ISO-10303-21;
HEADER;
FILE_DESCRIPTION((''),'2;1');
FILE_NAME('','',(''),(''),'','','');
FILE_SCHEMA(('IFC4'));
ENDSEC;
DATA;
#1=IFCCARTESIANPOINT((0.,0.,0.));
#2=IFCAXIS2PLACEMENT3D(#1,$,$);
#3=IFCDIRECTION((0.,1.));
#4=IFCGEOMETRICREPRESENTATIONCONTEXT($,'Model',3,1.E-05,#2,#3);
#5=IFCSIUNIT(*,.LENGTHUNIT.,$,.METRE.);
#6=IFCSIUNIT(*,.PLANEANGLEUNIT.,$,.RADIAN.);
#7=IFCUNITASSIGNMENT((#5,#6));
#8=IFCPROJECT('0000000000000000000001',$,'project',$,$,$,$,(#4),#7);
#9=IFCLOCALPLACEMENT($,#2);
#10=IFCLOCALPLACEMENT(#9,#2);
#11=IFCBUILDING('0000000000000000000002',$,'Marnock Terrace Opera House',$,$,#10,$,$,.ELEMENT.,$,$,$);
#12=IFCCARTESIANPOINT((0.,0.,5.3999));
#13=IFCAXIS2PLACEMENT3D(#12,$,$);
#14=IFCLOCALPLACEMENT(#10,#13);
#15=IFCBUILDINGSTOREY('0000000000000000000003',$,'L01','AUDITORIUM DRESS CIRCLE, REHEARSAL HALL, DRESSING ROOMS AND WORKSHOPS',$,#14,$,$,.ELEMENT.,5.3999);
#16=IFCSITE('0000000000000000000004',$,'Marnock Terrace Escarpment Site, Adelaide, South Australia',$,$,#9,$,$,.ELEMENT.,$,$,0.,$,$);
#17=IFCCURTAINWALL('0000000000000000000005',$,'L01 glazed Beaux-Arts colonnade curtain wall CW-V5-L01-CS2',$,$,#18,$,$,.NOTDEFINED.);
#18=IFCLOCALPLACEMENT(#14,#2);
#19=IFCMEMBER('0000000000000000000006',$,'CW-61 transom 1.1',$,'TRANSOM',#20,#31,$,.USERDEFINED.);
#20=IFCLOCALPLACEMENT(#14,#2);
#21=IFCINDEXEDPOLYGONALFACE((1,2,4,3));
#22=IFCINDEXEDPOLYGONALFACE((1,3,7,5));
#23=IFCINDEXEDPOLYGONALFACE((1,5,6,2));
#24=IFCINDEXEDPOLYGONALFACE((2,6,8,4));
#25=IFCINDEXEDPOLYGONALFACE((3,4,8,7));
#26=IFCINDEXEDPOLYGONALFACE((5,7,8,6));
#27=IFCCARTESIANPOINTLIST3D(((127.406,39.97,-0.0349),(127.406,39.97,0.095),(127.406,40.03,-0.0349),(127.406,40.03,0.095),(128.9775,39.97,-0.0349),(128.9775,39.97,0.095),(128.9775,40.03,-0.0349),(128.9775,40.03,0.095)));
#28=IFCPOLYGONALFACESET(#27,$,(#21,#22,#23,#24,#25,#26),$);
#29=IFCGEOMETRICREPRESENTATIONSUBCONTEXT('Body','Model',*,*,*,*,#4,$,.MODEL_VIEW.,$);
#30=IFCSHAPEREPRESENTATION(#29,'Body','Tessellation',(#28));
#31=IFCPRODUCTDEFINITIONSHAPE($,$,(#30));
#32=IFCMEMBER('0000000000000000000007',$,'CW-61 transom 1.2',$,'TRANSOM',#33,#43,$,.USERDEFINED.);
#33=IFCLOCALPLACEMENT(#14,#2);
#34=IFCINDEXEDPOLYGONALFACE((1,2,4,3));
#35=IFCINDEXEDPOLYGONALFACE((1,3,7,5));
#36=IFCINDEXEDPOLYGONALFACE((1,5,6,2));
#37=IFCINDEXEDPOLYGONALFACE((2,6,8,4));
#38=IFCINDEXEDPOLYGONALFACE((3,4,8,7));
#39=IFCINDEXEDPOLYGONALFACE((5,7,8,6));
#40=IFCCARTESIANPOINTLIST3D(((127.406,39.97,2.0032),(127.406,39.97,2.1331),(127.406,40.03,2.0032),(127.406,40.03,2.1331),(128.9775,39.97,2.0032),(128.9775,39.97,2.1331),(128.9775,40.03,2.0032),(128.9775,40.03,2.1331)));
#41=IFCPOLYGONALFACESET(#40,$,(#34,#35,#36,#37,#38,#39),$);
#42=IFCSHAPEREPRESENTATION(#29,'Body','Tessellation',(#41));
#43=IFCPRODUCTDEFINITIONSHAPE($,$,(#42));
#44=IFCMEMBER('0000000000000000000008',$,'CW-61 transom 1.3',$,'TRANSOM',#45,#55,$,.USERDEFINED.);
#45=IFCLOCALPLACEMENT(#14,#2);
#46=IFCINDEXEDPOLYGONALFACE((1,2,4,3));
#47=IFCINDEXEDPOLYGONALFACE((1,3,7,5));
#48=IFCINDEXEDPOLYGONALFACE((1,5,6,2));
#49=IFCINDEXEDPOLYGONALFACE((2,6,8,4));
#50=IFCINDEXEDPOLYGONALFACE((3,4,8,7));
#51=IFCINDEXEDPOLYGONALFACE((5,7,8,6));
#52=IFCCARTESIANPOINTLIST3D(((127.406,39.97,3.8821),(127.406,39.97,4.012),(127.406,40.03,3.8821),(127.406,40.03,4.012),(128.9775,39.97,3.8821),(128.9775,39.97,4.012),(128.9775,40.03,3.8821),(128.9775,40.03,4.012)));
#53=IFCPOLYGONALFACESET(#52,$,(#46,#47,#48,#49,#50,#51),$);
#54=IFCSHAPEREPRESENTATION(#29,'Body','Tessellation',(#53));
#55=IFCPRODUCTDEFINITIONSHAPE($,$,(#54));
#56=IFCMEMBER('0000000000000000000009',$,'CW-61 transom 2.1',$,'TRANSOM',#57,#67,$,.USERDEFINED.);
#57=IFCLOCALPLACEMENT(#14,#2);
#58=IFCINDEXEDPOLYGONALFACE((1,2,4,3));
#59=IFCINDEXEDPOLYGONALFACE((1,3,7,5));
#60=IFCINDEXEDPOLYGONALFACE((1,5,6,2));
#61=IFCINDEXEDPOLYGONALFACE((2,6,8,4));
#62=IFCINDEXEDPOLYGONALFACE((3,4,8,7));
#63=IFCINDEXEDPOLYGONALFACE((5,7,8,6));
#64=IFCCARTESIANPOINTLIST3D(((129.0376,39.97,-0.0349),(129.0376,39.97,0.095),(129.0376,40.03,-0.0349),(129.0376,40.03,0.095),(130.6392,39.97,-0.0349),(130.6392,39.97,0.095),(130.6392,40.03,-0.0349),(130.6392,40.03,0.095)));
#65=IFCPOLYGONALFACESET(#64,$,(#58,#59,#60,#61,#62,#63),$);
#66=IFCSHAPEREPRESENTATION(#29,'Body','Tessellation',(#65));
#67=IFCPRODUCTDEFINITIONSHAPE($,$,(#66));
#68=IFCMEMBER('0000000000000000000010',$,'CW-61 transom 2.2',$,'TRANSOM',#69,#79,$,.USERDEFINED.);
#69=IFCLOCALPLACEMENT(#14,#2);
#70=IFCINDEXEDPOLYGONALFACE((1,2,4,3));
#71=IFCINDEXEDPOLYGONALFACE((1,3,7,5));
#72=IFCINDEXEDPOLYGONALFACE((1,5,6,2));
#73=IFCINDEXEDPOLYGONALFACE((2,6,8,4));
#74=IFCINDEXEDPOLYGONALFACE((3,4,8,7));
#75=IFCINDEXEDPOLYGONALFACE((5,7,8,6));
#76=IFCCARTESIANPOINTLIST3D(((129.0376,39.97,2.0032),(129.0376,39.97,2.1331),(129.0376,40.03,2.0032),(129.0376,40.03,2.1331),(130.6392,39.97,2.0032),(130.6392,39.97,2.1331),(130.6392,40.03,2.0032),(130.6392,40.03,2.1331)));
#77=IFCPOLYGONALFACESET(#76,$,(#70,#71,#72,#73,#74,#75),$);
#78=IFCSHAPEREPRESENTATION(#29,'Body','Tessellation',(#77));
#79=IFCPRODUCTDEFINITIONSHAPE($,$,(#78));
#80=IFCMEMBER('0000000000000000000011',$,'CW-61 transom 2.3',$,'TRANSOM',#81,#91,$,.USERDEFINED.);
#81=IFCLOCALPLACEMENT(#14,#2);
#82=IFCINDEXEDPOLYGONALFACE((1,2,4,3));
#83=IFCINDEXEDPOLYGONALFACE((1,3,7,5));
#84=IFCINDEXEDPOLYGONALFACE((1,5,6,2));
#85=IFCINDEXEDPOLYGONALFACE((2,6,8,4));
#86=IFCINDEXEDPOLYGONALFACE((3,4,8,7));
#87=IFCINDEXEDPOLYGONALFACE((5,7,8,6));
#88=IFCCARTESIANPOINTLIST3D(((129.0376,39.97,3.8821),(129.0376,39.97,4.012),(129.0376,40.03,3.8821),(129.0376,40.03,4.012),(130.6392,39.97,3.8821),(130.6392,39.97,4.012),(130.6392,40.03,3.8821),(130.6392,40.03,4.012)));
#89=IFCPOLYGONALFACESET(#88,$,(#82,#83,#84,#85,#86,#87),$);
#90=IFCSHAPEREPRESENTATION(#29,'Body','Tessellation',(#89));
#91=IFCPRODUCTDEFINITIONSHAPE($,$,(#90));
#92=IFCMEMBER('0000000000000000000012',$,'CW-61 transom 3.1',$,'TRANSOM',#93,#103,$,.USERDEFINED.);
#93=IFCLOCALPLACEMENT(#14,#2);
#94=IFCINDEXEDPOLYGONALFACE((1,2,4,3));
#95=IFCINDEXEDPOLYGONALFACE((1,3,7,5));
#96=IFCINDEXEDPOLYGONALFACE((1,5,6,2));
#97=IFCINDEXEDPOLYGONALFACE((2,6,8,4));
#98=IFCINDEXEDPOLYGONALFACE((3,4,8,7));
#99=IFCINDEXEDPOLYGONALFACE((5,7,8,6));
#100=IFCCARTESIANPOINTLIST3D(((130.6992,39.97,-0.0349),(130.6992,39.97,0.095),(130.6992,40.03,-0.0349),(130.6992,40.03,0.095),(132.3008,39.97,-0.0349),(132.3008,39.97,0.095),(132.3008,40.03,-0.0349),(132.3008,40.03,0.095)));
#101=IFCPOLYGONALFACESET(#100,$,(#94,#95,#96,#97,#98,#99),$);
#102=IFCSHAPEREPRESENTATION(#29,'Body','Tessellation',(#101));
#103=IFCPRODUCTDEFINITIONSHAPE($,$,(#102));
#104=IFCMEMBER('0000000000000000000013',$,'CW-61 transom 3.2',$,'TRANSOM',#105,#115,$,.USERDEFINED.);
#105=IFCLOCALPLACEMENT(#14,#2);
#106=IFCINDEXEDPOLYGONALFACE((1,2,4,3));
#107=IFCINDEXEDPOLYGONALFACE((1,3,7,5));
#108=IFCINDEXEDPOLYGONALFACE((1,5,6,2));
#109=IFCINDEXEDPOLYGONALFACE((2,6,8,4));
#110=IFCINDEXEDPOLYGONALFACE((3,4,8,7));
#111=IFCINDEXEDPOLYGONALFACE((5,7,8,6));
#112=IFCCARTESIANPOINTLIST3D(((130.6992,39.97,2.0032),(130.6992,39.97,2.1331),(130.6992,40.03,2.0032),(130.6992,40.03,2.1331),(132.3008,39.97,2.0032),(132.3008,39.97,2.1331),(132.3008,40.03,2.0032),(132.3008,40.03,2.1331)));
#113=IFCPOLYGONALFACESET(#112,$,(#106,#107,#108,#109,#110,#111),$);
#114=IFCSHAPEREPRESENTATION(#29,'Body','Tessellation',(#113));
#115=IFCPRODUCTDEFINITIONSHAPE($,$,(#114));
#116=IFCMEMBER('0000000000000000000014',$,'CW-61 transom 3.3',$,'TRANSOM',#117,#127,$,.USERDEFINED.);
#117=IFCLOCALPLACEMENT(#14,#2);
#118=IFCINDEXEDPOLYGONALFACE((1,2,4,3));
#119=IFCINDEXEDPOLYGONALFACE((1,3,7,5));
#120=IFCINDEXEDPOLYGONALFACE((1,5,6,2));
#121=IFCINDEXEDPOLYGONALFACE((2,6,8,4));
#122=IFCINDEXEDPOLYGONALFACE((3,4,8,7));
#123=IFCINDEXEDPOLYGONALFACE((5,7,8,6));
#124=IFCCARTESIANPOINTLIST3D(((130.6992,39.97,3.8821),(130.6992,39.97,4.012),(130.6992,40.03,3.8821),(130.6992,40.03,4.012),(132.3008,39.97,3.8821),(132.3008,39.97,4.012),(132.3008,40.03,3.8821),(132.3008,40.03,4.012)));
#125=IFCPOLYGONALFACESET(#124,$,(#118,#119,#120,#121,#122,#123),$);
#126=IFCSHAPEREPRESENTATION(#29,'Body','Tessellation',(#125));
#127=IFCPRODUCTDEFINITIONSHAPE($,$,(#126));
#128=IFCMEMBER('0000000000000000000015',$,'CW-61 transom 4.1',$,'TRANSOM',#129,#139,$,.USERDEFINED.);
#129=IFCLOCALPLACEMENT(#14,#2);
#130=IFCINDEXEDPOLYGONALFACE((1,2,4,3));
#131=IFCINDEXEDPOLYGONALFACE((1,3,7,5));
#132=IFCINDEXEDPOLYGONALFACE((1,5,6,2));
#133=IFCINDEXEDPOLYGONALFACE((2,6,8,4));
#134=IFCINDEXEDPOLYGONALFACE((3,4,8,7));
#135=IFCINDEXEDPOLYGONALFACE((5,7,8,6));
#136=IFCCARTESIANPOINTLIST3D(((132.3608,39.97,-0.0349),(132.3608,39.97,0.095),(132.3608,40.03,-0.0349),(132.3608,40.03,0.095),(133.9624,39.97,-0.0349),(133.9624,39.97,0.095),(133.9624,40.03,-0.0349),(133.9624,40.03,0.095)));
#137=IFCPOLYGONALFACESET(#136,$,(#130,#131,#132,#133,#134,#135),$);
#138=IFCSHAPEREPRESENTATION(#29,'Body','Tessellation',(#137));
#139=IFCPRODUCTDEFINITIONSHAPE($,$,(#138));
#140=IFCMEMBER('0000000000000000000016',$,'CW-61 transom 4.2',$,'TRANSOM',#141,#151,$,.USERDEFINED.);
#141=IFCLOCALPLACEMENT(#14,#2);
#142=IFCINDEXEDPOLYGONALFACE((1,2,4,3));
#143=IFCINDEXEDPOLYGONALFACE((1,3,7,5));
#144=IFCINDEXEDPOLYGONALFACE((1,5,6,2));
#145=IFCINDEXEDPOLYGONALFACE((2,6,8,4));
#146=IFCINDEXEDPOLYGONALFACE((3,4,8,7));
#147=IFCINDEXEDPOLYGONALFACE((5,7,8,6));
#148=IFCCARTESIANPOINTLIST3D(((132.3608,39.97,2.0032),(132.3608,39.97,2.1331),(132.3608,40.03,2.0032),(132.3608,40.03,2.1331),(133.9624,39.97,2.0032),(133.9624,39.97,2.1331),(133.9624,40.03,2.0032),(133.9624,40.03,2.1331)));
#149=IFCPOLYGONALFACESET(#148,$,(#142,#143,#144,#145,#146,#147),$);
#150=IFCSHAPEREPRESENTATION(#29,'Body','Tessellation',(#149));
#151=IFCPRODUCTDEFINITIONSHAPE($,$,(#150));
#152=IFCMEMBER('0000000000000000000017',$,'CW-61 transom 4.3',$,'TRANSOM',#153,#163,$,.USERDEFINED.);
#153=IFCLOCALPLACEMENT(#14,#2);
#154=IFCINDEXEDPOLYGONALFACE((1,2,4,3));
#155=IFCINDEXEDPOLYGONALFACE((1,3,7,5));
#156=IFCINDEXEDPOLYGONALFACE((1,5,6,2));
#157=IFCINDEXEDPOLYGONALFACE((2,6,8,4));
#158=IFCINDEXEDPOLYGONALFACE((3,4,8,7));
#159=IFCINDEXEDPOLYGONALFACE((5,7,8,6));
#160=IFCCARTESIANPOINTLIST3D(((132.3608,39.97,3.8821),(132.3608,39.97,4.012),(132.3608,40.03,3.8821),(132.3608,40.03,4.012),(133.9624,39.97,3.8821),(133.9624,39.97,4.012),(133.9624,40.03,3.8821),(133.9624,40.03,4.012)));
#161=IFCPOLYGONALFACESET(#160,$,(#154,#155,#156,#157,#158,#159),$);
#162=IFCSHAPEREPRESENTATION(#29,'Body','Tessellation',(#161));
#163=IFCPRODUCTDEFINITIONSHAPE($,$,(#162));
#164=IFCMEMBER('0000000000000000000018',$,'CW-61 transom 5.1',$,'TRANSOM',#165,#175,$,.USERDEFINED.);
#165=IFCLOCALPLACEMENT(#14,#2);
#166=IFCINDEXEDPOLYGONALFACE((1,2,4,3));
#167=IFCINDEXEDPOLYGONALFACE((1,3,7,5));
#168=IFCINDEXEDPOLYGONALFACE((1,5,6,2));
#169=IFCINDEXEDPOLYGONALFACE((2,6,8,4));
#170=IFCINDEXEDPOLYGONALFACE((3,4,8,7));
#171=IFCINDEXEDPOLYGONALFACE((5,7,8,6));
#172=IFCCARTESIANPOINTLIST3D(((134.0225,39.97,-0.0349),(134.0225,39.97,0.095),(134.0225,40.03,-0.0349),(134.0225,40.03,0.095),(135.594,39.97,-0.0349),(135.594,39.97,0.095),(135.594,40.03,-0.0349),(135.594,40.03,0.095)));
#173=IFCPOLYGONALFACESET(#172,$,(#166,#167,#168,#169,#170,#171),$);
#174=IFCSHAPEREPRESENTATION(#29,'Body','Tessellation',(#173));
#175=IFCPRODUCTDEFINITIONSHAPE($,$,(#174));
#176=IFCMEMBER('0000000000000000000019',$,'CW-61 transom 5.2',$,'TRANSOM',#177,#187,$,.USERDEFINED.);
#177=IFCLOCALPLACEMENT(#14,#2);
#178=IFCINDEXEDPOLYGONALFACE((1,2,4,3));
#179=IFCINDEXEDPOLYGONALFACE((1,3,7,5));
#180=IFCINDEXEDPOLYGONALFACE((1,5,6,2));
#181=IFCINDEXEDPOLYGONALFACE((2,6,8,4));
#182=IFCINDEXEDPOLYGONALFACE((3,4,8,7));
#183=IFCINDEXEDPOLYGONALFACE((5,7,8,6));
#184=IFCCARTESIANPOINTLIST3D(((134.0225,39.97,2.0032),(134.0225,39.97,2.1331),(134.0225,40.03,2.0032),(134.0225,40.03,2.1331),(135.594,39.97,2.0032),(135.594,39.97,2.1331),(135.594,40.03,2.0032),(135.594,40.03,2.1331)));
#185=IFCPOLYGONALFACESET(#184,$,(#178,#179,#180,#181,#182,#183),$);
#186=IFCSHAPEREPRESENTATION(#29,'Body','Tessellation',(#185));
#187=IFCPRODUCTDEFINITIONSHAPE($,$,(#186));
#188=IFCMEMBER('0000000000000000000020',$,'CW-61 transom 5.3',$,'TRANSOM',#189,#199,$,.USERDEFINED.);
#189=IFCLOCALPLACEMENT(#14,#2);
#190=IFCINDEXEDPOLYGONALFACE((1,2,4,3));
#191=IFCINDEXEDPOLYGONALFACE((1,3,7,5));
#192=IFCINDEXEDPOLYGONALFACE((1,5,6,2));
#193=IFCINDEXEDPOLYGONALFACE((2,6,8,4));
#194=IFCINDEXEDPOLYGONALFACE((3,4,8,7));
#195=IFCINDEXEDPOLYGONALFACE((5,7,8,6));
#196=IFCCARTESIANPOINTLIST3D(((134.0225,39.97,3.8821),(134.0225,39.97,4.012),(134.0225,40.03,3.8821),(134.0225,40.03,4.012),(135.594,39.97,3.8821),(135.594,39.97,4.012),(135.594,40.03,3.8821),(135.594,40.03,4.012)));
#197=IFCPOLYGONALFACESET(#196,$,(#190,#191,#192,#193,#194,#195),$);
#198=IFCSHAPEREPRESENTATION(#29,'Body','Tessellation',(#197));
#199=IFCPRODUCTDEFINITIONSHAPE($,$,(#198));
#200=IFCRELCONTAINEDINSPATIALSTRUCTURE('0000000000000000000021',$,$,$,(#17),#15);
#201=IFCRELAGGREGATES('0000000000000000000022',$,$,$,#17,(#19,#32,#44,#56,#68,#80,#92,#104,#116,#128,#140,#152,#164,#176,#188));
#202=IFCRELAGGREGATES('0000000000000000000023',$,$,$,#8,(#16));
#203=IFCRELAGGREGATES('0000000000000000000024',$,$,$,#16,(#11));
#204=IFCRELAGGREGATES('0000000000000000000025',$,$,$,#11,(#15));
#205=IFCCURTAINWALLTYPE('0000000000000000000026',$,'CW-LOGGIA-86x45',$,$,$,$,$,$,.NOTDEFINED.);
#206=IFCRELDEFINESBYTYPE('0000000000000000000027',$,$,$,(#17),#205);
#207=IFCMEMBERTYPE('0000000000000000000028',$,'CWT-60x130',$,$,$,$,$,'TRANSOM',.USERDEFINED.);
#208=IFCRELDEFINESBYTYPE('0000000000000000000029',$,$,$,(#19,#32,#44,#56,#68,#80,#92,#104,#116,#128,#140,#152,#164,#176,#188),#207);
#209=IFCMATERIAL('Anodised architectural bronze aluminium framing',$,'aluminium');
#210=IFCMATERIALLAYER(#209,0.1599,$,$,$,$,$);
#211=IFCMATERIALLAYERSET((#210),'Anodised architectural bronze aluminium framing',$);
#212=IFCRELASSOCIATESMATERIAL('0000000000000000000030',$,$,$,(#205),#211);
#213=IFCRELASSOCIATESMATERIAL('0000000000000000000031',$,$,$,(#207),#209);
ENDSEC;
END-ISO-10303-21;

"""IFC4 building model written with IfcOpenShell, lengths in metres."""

from ifc_helpers import new_model, si_unit, direction, frame, origin, origin_2d, place, context, subcontext, project, spatial, rectangle, extrude, material, layer, layer_set, material_profile, profile_set, type_object, element, aggregate, save


model = new_model("IFC4")

# Units and contexts
model_context = context("Model", 3, precision=1e-05, world=origin(), true_north=direction((0.0, 1.0)))
body_context = subcontext(model_context, "Body", "Model", "MODEL_VIEW")
ifc_project = project(units=[si_unit("LENGTHUNIT", "METRE"), si_unit("PLANEANGLEUNIT", "RADIAN")], contexts=[model_context])

# Site, building, storey
site_placement = place(None, origin())
site = spatial("IfcSite", under=ifc_project, at=site_placement, Name="Marnock Terrace Escarpment Site, Adelaide, South Australia", CompositionType="ELEMENT", RefElevation=0.0)
building_placement = place(site_placement, origin())
building = spatial("IfcBuilding", under=site, at=building_placement, Name="Marnock Terrace Opera House", CompositionType="ELEMENT")
storey_placement = place(building_placement, frame((0.0, 0.0, 5.3999)))
storey = spatial("IfcBuildingStorey", under=building, at=storey_placement, Name="L01", Description="AUDITORIUM DRESS CIRCLE, REHEARSAL HALL, DRESSING ROOMS AND WORKSHOPS", CompositionType="ELEMENT", Elevation=5.3999)

# Curtain wall
ifc_material_1 = material(Name="Anodised architectural bronze aluminium framing", Category="aluminium")
ifc_layer_1 = layer(ifc_material_1, 0.1599)
ifc_layer_set_1 = layer_set([ifc_layer_1], Name="Anodised architectural bronze aluminium framing")
curtain_wall_type = type_object("IfcCurtainWallType", Name="CW-LOGGIA-86x45", PredefinedType="NOTDEFINED", material=ifc_layer_set_1)
curtain_wall_1_placement = place(storey_placement, origin())
curtain_wall_1 = element("IfcCurtainWall", 1, at=curtain_wall_1_placement, inside=storey, type_object=curtain_wall_type, Name="L01 glazed Beaux-Arts colonnade curtain wall CW-V5-L01-CS2", PredefinedType="NOTDEFINED")

# Members
ifc_material_profile_1 = material_profile(ifc_material_1, rectangle(XDim=0.0601, YDim=0.1299, at=origin_2d()))
ifc_profile_set_1 = profile_set([ifc_material_profile_1], Name="Anodised architectural bronze aluminium framing")
member_type_1 = type_object("IfcMemberType", Name="CWT-60x130", ElementType="TRANSOM", PredefinedType="USERDEFINED", material=ifc_profile_set_1)
member_1_placement = place(storey_placement, frame((127.406, 40.0, 0.03), z_axis=(1.0, 0.0, 0.0), x_axis=(0.0, 1.0, 0.0)))
member_1 = element("IfcMember", 2, at=member_1_placement, type_object=member_type_1, Name="CW-61 transom 1.1", ObjectType="TRANSOM", PredefinedType="USERDEFINED", context=body_context, shape_type="SweptSolid", body=[
    extrude(rectangle(XDim=0.0601, YDim=0.1299, at=origin_2d()), origin(), (0.0, 0.0, 1.0), 1.5715),
])
member_2_placement = place(storey_placement, frame((127.406, 40.0, 2.0681), z_axis=(1.0, 0.0, 0.0), x_axis=(0.0, 1.0, 0.0)))
member_2 = element("IfcMember", 3, at=member_2_placement, type_object=member_type_1, Name="CW-61 transom 1.2", ObjectType="TRANSOM", PredefinedType="USERDEFINED", context=body_context, shape_type="SweptSolid", body=[
    extrude(rectangle(XDim=0.0601, YDim=0.1299, at=origin_2d()), origin(), (0.0, 0.0, 1.0), 1.5715),
])
member_3_placement = place(storey_placement, frame((127.406, 40.0, 3.947), z_axis=(1.0, 0.0, 0.0), x_axis=(0.0, 1.0, 0.0)))
member_3 = element("IfcMember", 4, at=member_3_placement, type_object=member_type_1, Name="CW-61 transom 1.3", ObjectType="TRANSOM", PredefinedType="USERDEFINED", context=body_context, shape_type="SweptSolid", body=[
    extrude(rectangle(XDim=0.0601, YDim=0.1299, at=origin_2d()), origin(), (0.0, 0.0, 1.0), 1.5715),
])
member_4_placement = place(storey_placement, frame((129.0376, 40.0, 0.03), z_axis=(1.0, 0.0, 0.0), x_axis=(0.0, 1.0, 0.0)))
member_4 = element("IfcMember", 5, at=member_4_placement, type_object=member_type_1, Name="CW-61 transom 2.1", ObjectType="TRANSOM", PredefinedType="USERDEFINED", context=body_context, shape_type="SweptSolid", body=[
    extrude(rectangle(XDim=0.0601, YDim=0.1299, at=origin_2d()), origin(), (0.0, 0.0, 1.0), 1.6016),
])
member_5_placement = place(storey_placement, frame((129.0376, 40.0, 2.0681), z_axis=(1.0, 0.0, 0.0), x_axis=(0.0, 1.0, 0.0)))
member_5 = element("IfcMember", 6, at=member_5_placement, type_object=member_type_1, Name="CW-61 transom 2.2", ObjectType="TRANSOM", PredefinedType="USERDEFINED", context=body_context, shape_type="SweptSolid", body=[
    extrude(rectangle(XDim=0.0601, YDim=0.1299, at=origin_2d()), origin(), (0.0, 0.0, 1.0), 1.6016),
])
member_6_placement = place(storey_placement, frame((129.0376, 40.0, 3.947), z_axis=(1.0, 0.0, 0.0), x_axis=(0.0, 1.0, 0.0)))
member_6 = element("IfcMember", 7, at=member_6_placement, type_object=member_type_1, Name="CW-61 transom 2.3", ObjectType="TRANSOM", PredefinedType="USERDEFINED", context=body_context, shape_type="SweptSolid", body=[
    extrude(rectangle(XDim=0.0601, YDim=0.1299, at=origin_2d()), origin(), (0.0, 0.0, 1.0), 1.6016),
])
member_7_placement = place(storey_placement, frame((130.6992, 40.0, 0.03), z_axis=(1.0, 0.0, 0.0), x_axis=(0.0, 1.0, 0.0)))
member_7 = element("IfcMember", 8, at=member_7_placement, type_object=member_type_1, Name="CW-61 transom 3.1", ObjectType="TRANSOM", PredefinedType="USERDEFINED", context=body_context, shape_type="SweptSolid", body=[
    extrude(rectangle(XDim=0.0601, YDim=0.1299, at=origin_2d()), origin(), (0.0, 0.0, 1.0), 1.6016),
])
member_8_placement = place(storey_placement, frame((130.6992, 40.0, 2.0681), z_axis=(1.0, 0.0, 0.0), x_axis=(0.0, 1.0, 0.0)))
member_8 = element("IfcMember", 9, at=member_8_placement, type_object=member_type_1, Name="CW-61 transom 3.2", ObjectType="TRANSOM", PredefinedType="USERDEFINED", context=body_context, shape_type="SweptSolid", body=[
    extrude(rectangle(XDim=0.0601, YDim=0.1299, at=origin_2d()), origin(), (0.0, 0.0, 1.0), 1.6016),
])
member_9_placement = place(storey_placement, frame((130.6992, 40.0, 3.947), z_axis=(1.0, 0.0, 0.0), x_axis=(0.0, 1.0, 0.0)))
member_9 = element("IfcMember", 10, at=member_9_placement, type_object=member_type_1, Name="CW-61 transom 3.3", ObjectType="TRANSOM", PredefinedType="USERDEFINED", context=body_context, shape_type="SweptSolid", body=[
    extrude(rectangle(XDim=0.0601, YDim=0.1299, at=origin_2d()), origin(), (0.0, 0.0, 1.0), 1.6016),
])
member_10_placement = place(storey_placement, frame((132.3608, 40.0, 0.03), z_axis=(1.0, 0.0, 0.0), x_axis=(0.0, 1.0, 0.0)))
member_10 = element("IfcMember", 11, at=member_10_placement, type_object=member_type_1, Name="CW-61 transom 4.1", ObjectType="TRANSOM", PredefinedType="USERDEFINED", context=body_context, shape_type="SweptSolid", body=[
    extrude(rectangle(XDim=0.0601, YDim=0.1299, at=origin_2d()), origin(), (0.0, 0.0, 1.0), 1.6016),
])
member_11_placement = place(storey_placement, frame((132.3608, 40.0, 2.0681), z_axis=(1.0, 0.0, 0.0), x_axis=(0.0, 1.0, 0.0)))
member_11 = element("IfcMember", 12, at=member_11_placement, type_object=member_type_1, Name="CW-61 transom 4.2", ObjectType="TRANSOM", PredefinedType="USERDEFINED", context=body_context, shape_type="SweptSolid", body=[
    extrude(rectangle(XDim=0.0601, YDim=0.1299, at=origin_2d()), origin(), (0.0, 0.0, 1.0), 1.6016),
])
member_12_placement = place(storey_placement, frame((132.3608, 40.0, 3.947), z_axis=(1.0, 0.0, 0.0), x_axis=(0.0, 1.0, 0.0)))
member_12 = element("IfcMember", 13, at=member_12_placement, type_object=member_type_1, Name="CW-61 transom 4.3", ObjectType="TRANSOM", PredefinedType="USERDEFINED", context=body_context, shape_type="SweptSolid", body=[
    extrude(rectangle(XDim=0.0601, YDim=0.1299, at=origin_2d()), origin(), (0.0, 0.0, 1.0), 1.6016),
])
member_13_placement = place(storey_placement, frame((134.0225, 40.0, 0.03), z_axis=(1.0, 0.0, 0.0), x_axis=(0.0, 1.0, 0.0)))
member_13 = element("IfcMember", 14, at=member_13_placement, type_object=member_type_1, Name="CW-61 transom 5.1", ObjectType="TRANSOM", PredefinedType="USERDEFINED", context=body_context, shape_type="SweptSolid", body=[
    extrude(rectangle(XDim=0.0601, YDim=0.1299, at=origin_2d()), origin(), (0.0, 0.0, 1.0), 1.5715),
])
member_14_placement = place(storey_placement, frame((134.0225, 40.0, 2.0681), z_axis=(1.0, 0.0, 0.0), x_axis=(0.0, 1.0, 0.0)))
member_14 = element("IfcMember", 15, at=member_14_placement, type_object=member_type_1, Name="CW-61 transom 5.2", ObjectType="TRANSOM", PredefinedType="USERDEFINED", context=body_context, shape_type="SweptSolid", body=[
    extrude(rectangle(XDim=0.0601, YDim=0.1299, at=origin_2d()), origin(), (0.0, 0.0, 1.0), 1.5715),
])
member_15_placement = place(storey_placement, frame((134.0225, 40.0, 3.947), z_axis=(1.0, 0.0, 0.0), x_axis=(0.0, 1.0, 0.0)))
member_15 = element("IfcMember", 16, at=member_15_placement, type_object=member_type_1, Name="CW-61 transom 5.3", ObjectType="TRANSOM", PredefinedType="USERDEFINED", context=body_context, shape_type="SweptSolid", body=[
    extrude(rectangle(XDim=0.0601, YDim=0.1299, at=origin_2d()), origin(), (0.0, 0.0, 1.0), 1.5715),
])

aggregate(curtain_wall_1, [member_1, member_2, member_3, member_4, member_5, member_6, member_7, member_8, member_9, member_10, member_11, member_12, member_13, member_14, member_15])

save(model, "model.ifc")
